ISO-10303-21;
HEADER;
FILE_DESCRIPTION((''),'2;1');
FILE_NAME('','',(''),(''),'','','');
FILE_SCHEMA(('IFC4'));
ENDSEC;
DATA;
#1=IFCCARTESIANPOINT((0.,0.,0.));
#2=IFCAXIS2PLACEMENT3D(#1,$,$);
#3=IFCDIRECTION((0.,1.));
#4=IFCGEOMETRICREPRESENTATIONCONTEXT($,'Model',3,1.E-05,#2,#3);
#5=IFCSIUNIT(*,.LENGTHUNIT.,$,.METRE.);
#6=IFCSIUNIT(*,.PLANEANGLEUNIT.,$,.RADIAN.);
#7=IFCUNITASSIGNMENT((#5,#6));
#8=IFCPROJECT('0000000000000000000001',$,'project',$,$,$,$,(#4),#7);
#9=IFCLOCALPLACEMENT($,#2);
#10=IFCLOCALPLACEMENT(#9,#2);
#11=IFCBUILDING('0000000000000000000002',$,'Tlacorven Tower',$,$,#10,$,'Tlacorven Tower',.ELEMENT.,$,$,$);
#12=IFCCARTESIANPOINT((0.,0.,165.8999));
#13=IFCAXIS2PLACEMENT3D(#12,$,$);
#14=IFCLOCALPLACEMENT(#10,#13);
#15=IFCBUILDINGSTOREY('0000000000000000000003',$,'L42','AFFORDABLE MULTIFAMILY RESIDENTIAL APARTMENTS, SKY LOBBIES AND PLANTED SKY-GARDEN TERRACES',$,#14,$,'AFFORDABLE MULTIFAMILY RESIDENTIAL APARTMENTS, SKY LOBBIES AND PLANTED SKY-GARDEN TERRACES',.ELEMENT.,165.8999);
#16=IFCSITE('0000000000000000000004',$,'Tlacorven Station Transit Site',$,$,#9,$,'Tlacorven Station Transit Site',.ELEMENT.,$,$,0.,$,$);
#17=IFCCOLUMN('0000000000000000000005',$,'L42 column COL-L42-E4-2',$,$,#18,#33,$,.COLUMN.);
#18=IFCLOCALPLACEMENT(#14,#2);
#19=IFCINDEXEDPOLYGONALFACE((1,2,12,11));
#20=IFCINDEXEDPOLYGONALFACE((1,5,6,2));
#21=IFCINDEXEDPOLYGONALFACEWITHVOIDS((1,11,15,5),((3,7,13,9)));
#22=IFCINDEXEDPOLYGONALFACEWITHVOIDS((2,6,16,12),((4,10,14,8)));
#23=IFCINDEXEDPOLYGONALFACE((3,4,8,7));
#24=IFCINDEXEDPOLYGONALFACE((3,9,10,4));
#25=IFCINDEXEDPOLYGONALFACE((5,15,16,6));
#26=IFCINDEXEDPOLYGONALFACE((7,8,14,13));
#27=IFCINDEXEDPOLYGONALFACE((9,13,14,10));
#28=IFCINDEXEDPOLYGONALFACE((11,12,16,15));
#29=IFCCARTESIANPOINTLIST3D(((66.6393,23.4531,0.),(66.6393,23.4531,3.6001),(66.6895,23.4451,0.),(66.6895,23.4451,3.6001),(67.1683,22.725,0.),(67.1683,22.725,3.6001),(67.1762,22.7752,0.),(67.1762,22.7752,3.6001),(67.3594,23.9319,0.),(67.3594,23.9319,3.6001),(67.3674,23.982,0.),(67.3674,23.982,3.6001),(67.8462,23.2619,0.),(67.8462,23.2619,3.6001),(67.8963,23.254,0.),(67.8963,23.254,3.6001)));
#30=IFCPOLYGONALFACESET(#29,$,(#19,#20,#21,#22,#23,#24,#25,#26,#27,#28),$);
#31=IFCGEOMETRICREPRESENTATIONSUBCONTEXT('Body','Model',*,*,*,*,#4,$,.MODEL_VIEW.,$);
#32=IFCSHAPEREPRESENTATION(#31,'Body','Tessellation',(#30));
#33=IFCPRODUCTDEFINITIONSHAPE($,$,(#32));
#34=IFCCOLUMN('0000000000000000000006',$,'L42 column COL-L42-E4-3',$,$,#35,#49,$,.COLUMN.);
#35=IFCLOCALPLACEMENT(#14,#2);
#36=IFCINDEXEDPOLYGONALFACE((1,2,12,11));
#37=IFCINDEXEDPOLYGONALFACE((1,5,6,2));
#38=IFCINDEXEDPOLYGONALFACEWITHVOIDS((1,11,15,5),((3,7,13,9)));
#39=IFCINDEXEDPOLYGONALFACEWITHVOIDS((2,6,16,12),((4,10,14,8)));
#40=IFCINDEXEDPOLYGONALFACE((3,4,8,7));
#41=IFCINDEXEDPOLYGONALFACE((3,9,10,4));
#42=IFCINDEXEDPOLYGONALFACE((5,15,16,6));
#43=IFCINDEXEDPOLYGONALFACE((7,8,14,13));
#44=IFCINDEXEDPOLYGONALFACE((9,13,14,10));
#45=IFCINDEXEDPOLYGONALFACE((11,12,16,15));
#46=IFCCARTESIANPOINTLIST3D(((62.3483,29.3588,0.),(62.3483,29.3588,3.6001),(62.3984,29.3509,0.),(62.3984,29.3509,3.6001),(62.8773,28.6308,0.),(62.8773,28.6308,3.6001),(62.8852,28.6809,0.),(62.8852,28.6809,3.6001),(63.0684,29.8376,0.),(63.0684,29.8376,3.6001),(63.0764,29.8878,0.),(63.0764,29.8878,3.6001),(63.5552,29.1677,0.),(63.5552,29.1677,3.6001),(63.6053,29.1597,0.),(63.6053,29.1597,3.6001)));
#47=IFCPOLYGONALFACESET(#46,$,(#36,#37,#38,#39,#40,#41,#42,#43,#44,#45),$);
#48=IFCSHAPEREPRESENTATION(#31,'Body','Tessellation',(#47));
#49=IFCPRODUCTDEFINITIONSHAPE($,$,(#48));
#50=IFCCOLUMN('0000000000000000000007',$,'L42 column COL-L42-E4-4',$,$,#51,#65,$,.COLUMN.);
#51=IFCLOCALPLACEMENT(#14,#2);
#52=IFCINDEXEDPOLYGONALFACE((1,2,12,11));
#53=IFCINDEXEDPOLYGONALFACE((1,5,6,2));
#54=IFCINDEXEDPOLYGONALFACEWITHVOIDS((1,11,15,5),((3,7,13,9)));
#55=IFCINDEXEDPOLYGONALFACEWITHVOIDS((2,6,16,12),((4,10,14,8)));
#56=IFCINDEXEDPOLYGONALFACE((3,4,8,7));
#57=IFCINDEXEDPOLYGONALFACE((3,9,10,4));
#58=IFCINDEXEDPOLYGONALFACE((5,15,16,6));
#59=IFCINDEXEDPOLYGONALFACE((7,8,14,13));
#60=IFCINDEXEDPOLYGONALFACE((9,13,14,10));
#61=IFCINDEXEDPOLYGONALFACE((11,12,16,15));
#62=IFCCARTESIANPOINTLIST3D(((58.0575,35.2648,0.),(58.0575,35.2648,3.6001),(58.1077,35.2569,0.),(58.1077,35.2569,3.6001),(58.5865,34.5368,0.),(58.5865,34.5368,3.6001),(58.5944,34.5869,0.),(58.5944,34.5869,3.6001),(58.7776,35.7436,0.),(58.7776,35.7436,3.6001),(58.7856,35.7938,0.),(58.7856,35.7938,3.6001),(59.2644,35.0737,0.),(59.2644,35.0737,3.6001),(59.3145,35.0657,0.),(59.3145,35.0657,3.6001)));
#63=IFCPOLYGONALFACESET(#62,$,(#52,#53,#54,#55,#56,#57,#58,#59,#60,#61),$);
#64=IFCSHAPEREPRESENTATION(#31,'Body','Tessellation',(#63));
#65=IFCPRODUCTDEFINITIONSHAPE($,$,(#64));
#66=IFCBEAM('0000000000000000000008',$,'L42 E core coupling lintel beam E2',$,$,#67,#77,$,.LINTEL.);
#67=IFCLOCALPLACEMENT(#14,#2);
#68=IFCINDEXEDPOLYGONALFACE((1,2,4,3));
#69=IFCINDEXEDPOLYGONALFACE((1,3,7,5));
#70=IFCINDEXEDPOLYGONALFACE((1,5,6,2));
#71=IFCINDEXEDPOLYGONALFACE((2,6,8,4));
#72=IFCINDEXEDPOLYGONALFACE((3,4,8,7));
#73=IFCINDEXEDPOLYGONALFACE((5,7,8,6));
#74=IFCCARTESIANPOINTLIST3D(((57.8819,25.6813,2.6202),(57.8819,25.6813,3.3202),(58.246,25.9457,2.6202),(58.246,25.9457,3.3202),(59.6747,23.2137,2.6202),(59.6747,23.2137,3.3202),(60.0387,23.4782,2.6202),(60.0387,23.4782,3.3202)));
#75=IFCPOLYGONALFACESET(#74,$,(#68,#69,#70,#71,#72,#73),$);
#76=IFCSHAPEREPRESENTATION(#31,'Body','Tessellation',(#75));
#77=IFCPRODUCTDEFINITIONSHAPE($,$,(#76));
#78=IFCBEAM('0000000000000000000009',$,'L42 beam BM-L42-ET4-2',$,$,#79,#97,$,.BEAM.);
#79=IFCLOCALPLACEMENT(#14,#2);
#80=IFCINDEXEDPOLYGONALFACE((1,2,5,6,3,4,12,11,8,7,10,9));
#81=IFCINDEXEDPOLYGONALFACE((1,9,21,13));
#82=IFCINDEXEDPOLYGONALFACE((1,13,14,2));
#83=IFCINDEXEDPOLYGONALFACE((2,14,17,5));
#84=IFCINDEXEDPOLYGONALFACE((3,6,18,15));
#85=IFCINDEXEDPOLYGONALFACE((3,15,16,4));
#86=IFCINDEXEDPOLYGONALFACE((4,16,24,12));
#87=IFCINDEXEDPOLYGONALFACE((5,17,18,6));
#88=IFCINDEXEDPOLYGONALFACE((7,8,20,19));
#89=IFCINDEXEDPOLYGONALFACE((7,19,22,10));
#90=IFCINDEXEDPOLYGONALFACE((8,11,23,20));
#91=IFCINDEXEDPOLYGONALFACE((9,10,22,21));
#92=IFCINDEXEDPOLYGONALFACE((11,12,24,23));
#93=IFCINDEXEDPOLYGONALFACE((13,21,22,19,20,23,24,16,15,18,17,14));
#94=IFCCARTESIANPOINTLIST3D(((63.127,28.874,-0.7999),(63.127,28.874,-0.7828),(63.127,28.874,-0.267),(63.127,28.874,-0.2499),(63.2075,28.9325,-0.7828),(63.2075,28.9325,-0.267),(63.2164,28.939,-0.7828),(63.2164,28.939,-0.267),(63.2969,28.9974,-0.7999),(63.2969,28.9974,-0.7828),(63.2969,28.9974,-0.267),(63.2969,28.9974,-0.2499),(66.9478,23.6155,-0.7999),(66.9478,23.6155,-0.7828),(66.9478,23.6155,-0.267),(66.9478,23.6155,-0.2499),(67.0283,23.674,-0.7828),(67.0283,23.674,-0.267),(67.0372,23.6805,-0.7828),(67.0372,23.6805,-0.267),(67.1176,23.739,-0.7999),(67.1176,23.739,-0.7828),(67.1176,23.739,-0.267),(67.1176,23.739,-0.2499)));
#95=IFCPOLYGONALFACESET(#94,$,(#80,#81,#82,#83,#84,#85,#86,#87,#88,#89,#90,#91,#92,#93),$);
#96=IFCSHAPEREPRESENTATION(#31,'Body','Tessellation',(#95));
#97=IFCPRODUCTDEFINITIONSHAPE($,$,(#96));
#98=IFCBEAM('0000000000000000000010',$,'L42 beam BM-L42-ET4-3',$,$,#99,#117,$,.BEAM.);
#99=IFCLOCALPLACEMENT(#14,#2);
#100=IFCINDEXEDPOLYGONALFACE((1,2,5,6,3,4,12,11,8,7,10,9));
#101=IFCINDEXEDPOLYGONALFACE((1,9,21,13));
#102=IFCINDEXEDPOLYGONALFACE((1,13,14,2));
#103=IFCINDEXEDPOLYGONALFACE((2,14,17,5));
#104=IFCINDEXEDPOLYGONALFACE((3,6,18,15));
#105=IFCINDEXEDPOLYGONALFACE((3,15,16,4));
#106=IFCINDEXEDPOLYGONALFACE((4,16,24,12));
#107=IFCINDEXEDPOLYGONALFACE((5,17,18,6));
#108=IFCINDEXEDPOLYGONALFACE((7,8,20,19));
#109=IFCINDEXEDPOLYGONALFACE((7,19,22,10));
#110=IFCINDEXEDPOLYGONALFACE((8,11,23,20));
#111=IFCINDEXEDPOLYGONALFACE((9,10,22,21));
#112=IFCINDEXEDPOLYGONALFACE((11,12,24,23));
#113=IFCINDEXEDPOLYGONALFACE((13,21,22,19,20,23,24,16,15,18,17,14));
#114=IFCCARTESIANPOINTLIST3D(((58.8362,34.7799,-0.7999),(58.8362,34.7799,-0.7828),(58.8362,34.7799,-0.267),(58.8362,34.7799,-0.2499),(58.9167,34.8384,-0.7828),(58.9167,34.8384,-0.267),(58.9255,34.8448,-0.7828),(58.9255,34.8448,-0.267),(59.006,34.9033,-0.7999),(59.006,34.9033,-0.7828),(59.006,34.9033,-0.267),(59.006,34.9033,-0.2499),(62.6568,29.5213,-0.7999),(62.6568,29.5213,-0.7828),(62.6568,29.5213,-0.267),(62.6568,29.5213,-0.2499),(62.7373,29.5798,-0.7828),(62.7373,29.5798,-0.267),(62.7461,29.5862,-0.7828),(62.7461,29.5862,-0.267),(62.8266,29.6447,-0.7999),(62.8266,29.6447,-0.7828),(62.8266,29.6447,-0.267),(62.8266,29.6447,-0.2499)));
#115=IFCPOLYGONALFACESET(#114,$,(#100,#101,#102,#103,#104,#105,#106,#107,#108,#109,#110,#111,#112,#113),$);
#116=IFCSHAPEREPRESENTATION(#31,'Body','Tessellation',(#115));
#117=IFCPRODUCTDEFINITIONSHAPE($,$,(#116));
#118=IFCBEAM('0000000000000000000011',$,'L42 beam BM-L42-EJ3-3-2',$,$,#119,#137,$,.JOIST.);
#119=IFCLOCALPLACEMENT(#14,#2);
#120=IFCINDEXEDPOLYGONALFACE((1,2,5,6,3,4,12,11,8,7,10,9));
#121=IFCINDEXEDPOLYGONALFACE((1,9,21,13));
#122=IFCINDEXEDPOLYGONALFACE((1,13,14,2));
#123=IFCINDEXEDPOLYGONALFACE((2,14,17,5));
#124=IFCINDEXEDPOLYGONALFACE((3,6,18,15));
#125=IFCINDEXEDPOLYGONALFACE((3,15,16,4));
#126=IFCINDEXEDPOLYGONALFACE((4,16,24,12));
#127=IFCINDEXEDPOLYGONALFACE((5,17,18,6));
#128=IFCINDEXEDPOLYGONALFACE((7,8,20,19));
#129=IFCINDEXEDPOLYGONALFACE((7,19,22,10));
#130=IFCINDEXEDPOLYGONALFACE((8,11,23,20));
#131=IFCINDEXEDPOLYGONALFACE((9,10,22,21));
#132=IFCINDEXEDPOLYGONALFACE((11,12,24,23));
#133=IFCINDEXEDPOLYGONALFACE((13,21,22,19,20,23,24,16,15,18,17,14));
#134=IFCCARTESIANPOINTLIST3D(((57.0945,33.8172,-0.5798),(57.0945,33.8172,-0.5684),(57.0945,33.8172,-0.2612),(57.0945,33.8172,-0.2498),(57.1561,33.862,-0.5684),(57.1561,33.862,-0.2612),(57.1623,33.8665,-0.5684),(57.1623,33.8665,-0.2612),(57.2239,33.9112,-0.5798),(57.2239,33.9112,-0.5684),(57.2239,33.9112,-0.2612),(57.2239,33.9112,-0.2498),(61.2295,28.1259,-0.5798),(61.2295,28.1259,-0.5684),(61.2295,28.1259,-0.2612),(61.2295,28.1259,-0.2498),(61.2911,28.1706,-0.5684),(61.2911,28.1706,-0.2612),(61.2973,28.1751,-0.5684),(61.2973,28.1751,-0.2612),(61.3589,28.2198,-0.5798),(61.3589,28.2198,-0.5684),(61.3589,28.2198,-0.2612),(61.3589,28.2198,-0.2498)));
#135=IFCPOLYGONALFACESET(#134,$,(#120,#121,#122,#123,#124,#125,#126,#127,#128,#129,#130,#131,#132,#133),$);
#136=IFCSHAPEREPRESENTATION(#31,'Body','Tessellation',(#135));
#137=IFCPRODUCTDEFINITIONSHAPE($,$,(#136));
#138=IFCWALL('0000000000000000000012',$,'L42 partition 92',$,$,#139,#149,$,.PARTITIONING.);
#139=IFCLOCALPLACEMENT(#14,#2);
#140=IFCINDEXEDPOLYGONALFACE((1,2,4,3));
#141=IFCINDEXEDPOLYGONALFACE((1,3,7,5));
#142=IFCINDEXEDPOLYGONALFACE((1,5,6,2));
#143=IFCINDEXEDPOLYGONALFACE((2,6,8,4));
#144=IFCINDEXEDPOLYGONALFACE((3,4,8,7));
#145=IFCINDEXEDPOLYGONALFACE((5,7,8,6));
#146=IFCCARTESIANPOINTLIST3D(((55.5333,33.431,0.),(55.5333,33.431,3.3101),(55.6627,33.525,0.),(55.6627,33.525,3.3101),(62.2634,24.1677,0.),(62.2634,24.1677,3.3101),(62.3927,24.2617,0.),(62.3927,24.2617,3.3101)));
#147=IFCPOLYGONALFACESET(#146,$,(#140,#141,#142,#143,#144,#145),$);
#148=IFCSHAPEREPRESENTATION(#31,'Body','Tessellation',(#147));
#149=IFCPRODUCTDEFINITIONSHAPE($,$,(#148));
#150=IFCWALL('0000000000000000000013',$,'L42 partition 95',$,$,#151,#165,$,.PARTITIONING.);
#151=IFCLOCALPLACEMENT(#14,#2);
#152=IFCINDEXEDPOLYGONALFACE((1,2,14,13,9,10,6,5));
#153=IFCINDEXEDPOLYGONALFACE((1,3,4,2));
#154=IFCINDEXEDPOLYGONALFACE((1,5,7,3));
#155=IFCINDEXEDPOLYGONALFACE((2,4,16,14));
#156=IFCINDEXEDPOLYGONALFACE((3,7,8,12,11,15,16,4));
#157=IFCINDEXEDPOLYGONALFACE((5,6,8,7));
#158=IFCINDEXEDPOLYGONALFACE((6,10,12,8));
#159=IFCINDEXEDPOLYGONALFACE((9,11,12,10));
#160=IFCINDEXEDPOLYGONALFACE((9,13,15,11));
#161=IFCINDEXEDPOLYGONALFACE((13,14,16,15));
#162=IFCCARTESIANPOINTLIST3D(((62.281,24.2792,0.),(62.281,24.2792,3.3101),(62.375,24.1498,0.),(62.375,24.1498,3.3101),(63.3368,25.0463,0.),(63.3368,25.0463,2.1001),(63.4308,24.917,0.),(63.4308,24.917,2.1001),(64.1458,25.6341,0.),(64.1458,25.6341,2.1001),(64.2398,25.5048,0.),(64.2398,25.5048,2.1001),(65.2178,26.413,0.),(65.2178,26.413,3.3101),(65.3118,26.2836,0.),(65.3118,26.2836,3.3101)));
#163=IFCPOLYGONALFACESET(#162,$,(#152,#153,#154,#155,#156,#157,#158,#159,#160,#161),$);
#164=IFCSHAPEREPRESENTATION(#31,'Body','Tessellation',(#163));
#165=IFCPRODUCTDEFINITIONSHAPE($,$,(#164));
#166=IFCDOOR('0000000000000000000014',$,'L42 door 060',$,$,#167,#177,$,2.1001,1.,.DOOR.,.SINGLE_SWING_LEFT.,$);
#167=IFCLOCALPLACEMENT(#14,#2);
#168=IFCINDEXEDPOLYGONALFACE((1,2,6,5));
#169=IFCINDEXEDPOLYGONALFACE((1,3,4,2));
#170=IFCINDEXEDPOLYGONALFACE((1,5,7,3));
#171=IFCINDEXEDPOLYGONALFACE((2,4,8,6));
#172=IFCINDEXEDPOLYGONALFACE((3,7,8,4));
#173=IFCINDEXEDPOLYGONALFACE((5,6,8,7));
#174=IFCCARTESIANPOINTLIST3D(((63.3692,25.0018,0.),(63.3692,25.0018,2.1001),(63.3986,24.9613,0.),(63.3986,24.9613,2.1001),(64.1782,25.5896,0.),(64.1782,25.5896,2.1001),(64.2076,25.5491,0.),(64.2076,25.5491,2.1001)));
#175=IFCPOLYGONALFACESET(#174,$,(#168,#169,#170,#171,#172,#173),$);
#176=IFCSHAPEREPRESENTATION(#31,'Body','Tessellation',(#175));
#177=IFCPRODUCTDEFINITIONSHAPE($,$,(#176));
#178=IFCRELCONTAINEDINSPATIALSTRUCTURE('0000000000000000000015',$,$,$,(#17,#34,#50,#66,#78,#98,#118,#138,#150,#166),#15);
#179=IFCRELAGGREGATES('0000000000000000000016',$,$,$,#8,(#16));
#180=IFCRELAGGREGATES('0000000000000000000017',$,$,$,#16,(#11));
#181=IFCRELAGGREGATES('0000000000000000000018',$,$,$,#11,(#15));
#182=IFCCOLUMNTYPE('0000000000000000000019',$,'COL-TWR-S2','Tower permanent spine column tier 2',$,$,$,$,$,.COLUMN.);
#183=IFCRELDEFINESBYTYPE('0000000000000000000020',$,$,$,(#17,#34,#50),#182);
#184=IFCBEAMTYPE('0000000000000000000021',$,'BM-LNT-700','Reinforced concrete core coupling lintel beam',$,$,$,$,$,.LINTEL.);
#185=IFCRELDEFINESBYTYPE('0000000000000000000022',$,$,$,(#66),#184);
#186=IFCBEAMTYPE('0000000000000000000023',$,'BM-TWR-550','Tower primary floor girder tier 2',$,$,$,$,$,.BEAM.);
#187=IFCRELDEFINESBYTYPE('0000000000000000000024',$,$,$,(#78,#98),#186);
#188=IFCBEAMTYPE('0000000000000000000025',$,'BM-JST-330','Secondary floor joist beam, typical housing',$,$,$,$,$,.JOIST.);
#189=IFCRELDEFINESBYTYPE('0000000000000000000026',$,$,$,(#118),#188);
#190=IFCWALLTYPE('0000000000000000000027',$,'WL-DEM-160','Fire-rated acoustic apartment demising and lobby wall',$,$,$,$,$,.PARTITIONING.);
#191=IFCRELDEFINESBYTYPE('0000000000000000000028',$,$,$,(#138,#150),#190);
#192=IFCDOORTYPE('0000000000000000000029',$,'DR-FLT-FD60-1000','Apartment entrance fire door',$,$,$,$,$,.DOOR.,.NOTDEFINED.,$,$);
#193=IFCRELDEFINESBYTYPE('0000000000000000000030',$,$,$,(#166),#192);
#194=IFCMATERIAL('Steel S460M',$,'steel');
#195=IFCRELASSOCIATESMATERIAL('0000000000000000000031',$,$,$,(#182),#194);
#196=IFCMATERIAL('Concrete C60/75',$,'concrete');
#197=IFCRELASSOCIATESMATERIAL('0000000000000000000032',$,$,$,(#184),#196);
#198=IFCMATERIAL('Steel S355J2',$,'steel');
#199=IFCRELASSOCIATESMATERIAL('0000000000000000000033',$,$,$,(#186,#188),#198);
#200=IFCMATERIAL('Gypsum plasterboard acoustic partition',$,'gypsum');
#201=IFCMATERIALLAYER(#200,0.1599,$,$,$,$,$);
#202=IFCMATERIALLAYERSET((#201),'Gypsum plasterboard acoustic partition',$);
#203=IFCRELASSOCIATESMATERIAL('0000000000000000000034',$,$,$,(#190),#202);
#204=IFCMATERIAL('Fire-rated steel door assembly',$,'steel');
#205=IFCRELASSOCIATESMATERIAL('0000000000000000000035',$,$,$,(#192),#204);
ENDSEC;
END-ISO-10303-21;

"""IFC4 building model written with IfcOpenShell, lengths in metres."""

from ifc_helpers import new_model, si_unit, direction, frame, frame_2d, origin, origin_2d, place, context, subcontext, project, spatial, rectangle, hollow_rectangle, i_section, extrude, source, transform, mapped, material, layer, layer_set, material_profile, profile_set, type_object, element, fill, save


model = new_model("IFC4")

# Units and contexts
model_context = context("Model", 3, precision=1e-05, world=origin(), true_north=direction((0.0, 1.0)))
body_context = subcontext(model_context, "Body", "Model", "MODEL_VIEW")
ifc_project = project(units=[si_unit("LENGTHUNIT", "METRE"), si_unit("PLANEANGLEUNIT", "RADIAN")], contexts=[model_context])

# Site, building, storey
site_placement = place(None, origin())
site = spatial("IfcSite", under=ifc_project, at=site_placement, Name="Tlacorven Station Transit Site", LongName="Tlacorven Station Transit Site", CompositionType="ELEMENT", RefElevation=0.0)
building_placement = place(site_placement, origin())
building = spatial("IfcBuilding", under=site, at=building_placement, Name="Tlacorven Tower", LongName="Tlacorven Tower", CompositionType="ELEMENT")
storey_placement = place(building_placement, frame((0.0, 0.0, 165.8999)))
storey = spatial("IfcBuildingStorey", under=building, at=storey_placement, Name="L42", Description="AFFORDABLE MULTIFAMILY RESIDENTIAL APARTMENTS, SKY LOBBIES AND PLANTED SKY-GARDEN TERRACES", LongName="AFFORDABLE MULTIFAMILY RESIDENTIAL APARTMENTS, SKY LOBBIES AND PLANTED SKY-GARDEN TERRACES", CompositionType="ELEMENT", Elevation=165.8999)

# Columns
ifc_material_1 = material(Name="Steel S460M", Category="steel")
ifc_material_profile_1 = material_profile(ifc_material_1, hollow_rectangle(XDim=0.8999, YDim=0.8999, WallThickness=0.0359, at=origin_2d()), Name="BOX 900X900X36")
ifc_profile_set_1 = profile_set([ifc_material_profile_1], Name="Steel S460M")
column_type = type_object("IfcColumnType", Name="COL-TWR-S2", Description="Tower permanent spine column tier 2", PredefinedType="COLUMN", material=ifc_profile_set_1)
shared_shape_1 = source(origin(), body_context, "Body", "SweptSolid", [
    extrude(hollow_rectangle(XDim=0.8999, YDim=0.8999, WallThickness=0.0359, at=origin_2d()), origin(), (0.0, 0.0, 1.0), 3.6001),
])
for number, where, z_axis, x_axis, name in (
    (1, (67.2678, 23.3535, 0.0), (0.0, 0.0, 1.0), (0.809017, 0.587785, 0.0), "L42 column COL-L42-E4-2"),
    (2, (62.9768, 29.2593, 0.0), (0.0, 0.0, 1.0), (0.809017, 0.587785, 0.0), "L42 column COL-L42-E4-3"),
    (3, (58.686, 35.1653, 0.0), (0.0, 0.0, 1.0), (0.809017, 0.587785, 0.0), "L42 column COL-L42-E4-4"),
):
    element("IfcColumn", number, at=place(storey_placement, frame(where, z_axis=z_axis, x_axis=x_axis)), inside=storey, type_object=column_type, Name=name, PredefinedType="COLUMN", context=body_context, shape_type="MappedRepresentation", body=[
        mapped(shared_shape_1, transform((0.0, 0.0, 0.0), scale=1.0)),
    ])

# Beams
ifc_material_2 = material(Name="Concrete C60/75", Category="concrete")
ifc_material_profile_2 = material_profile(ifc_material_2, rectangle(XDim=0.45, YDim=0.7, at=origin_2d()), Name="RC 450X700")
ifc_profile_set_2 = profile_set([ifc_material_profile_2], Name="Concrete C60/75")
beam_type_1 = type_object("IfcBeamType", Name="BM-LNT-700", Description="Reinforced concrete core coupling lintel beam", PredefinedType="LINTEL", material=ifc_profile_set_2)
shared_shape_2 = source(origin(), body_context, "Body", "SweptSolid", [
    extrude(rectangle(XDim=0.45, YDim=0.7, at=origin_2d()), origin(), (0.0, 0.0, 1.0), 3.05),
])
beam_1_placement = place(storey_placement, frame((59.8567, 23.3459, 2.9702), z_axis=(-0.587777, 0.809023, 0.0), x_axis=(-0.809023, -0.587777, 0.0)))
element("IfcBeam", 4, at=beam_1_placement, inside=storey, type_object=beam_type_1, Name="L42 E core coupling lintel beam E2", PredefinedType="LINTEL", context=body_context, shape_type="MappedRepresentation", body=[
    mapped(shared_shape_2, transform((0.0, 0.0, 0.0), scale=1.0)),
])
ifc_material_3 = material(Name="Steel S355J2", Category="steel")
ifc_material_profile_3 = material_profile(ifc_material_3, i_section(OverallWidth=0.21, OverallDepth=0.55, WebThickness=0.011, FlangeThickness=0.0171, at=origin_2d()), Name="IPE 550")
ifc_profile_set_3 = profile_set([ifc_material_profile_3], Name="Steel S355J2")
beam_type_2 = type_object("IfcBeamType", Name="BM-TWR-550", Description="Tower primary floor girder tier 2", PredefinedType="BEAM", material=ifc_profile_set_3)
shared_shape_3 = source(origin(), body_context, "Body", "SweptSolid", [
    extrude(i_section(OverallWidth=0.21, OverallDepth=0.55, WebThickness=0.011, FlangeThickness=0.0171, at=origin_2d()), origin(), (0.0, 0.0, 1.0), 6.5),
])
for number, where, z_axis, x_axis, name in (
    (5, (67.0327, 23.6772, -0.5249), (-0.58781, 0.808999, 0.0), (-0.808999, -0.58781, 0.0), "L42 beam BM-L42-ET4-2"),
    (6, (62.7417, 29.583, -0.5249), (-0.587785, 0.809017, 0.0), (-0.809017, -0.587785, 0.0), "L42 beam BM-L42-ET4-3"),
):
    element("IfcBeam", number, at=place(storey_placement, frame(where, z_axis=z_axis, x_axis=x_axis)), inside=storey, type_object=beam_type_2, Name=name, PredefinedType="BEAM", context=body_context, shape_type="MappedRepresentation", body=[
        mapped(shared_shape_3, transform((0.0, 0.0, 0.0), scale=1.0)),
    ])
ifc_material_profile_4 = material_profile(ifc_material_3, i_section(OverallWidth=0.1599, OverallDepth=0.3301, WebThickness=0.0076, FlangeThickness=0.0115, at=origin_2d()), Name="IPE 330")
ifc_profile_set_4 = profile_set([ifc_material_profile_4], Name="Steel S355J2")
beam_type_3 = type_object("IfcBeamType", Name="BM-JST-330", Description="Secondary floor joist beam, typical housing", PredefinedType="JOIST", material=ifc_profile_set_4)
shared_shape_4 = source(origin(), body_context, "Body", "SweptSolid", [
    extrude(i_section(OverallWidth=0.1599, OverallDepth=0.3301, WebThickness=0.0076, FlangeThickness=0.0115, at=origin_2d()), origin(), (0.0, 0.0, 1.0), 7.0349),
])
beam_2_placement = place(storey_placement, frame((61.2942, 28.1729, -0.4148), z_axis=(-0.587782, 0.80902, 0.0), x_axis=(-0.80902, -0.587782, 0.0)))
element("IfcBeam", 7, at=beam_2_placement, inside=storey, type_object=beam_type_3, Name="L42 beam BM-L42-EJ3-3-2", PredefinedType="JOIST", context=body_context, shape_type="MappedRepresentation", body=[
    mapped(shared_shape_4, transform((0.0, 0.0, 0.0), scale=1.0)),
])

# Wall
ifc_material_4 = material(Name="Gypsum plasterboard acoustic partition", Category="gypsum")
ifc_layer_1 = layer(ifc_material_4, 0.1599)
ifc_layer_set_1 = layer_set([ifc_layer_1], Name="Gypsum plasterboard acoustic partition")
wall_type_1 = type_object("IfcWallType", Name="WL-DEM-160", Description="Fire-rated acoustic apartment demising and lobby wall", PredefinedType="PARTITIONING", material=ifc_layer_set_1)
wall_1_placement = place(storey_placement, frame((62.3281, 24.2146, 0.0), z_axis=(0.0, 0.0, 1.0), x_axis=(-0.587779, 0.809022, 0.0)))
element("IfcWall", 8, at=wall_1_placement, inside=storey, type_object=wall_type_1, Name="L42 partition 92", PredefinedType="PARTITIONING", context=body_context, shape_type="SweptSolid", body=[
    extrude(rectangle(XDim=11.45, YDim=0.1599, at=frame_2d((5.7251, 0.0))), origin(), (0.0, 0.0, 1.0), 3.3101),
])

# Wall, opening, door
wall_2_placement = place(storey_placement, frame((62.3281, 24.2146, 0.0), z_axis=(0.0, 0.0, 1.0), x_axis=(0.809004, 0.587804, 0.0)))
wall_2 = element("IfcWall", 9, at=wall_2_placement, inside=storey, type_object=wall_type_1, Name="L42 partition 95", PredefinedType="PARTITIONING", context=body_context, shape_type="SweptSolid", body=[
    extrude(rectangle(XDim=3.6301, YDim=0.1599, at=frame_2d((1.8149, 0.0))), origin(), (0.0, 0.0, 1.0), 3.3101),
])
opening_1_placement = place(wall_2_placement, frame((1.3049, 0.0, 0.0)))
opening_1 = element("IfcOpeningElement", 10, at=opening_1_placement, cuts=wall_2, PredefinedType="OPENING", context=body_context, shape_type="SweptSolid", body=[
    extrude(rectangle(XDim=1.0, YDim=2.1001, at=frame_2d((0.5, 1.05))), frame((0.0, 0.0898, 0.0), z_axis=(0.0, -1.0, 0.0), x_axis=(1.0, 0.0, 0.0)), (0.0, 0.0, 1.0), 0.1799),
])
ifc_material_5 = material(Name="Fire-rated steel door assembly", Category="steel")
door_type_1 = type_object("IfcDoorType", Name="DR-FLT-FD60-1000", Description="Apartment entrance fire door", OperationType="NOTDEFINED", PredefinedType="DOOR", material=ifc_material_5)
shared_shape_5 = source(origin(), body_context, "Body", "SweptSolid", [
    extrude(rectangle(XDim=1.0, YDim=2.1001, at=frame_2d((0.5, 1.05))), frame((0.0, 0.0249, 0.0), z_axis=(0.0, -1.0, 0.0), x_axis=(1.0, 0.0, 0.0)), (0.0, 0.0, 1.0), 0.05),
])
door_1_placement = place(opening_1_placement, origin())
door_1 = element("IfcDoor", 11, at=door_1_placement, inside=storey, type_object=door_type_1, Name="L42 door 060", OperationType="SINGLE_SWING_LEFT", OverallHeight=2.1001, OverallWidth=1.0, PredefinedType="DOOR", context=body_context, shape_type="MappedRepresentation", body=[
    mapped(shared_shape_5, transform((0.0, 0.0, 0.0), scale=1.0)),
])
fill(opening_1, door_1)

save(model, "model.ifc")
